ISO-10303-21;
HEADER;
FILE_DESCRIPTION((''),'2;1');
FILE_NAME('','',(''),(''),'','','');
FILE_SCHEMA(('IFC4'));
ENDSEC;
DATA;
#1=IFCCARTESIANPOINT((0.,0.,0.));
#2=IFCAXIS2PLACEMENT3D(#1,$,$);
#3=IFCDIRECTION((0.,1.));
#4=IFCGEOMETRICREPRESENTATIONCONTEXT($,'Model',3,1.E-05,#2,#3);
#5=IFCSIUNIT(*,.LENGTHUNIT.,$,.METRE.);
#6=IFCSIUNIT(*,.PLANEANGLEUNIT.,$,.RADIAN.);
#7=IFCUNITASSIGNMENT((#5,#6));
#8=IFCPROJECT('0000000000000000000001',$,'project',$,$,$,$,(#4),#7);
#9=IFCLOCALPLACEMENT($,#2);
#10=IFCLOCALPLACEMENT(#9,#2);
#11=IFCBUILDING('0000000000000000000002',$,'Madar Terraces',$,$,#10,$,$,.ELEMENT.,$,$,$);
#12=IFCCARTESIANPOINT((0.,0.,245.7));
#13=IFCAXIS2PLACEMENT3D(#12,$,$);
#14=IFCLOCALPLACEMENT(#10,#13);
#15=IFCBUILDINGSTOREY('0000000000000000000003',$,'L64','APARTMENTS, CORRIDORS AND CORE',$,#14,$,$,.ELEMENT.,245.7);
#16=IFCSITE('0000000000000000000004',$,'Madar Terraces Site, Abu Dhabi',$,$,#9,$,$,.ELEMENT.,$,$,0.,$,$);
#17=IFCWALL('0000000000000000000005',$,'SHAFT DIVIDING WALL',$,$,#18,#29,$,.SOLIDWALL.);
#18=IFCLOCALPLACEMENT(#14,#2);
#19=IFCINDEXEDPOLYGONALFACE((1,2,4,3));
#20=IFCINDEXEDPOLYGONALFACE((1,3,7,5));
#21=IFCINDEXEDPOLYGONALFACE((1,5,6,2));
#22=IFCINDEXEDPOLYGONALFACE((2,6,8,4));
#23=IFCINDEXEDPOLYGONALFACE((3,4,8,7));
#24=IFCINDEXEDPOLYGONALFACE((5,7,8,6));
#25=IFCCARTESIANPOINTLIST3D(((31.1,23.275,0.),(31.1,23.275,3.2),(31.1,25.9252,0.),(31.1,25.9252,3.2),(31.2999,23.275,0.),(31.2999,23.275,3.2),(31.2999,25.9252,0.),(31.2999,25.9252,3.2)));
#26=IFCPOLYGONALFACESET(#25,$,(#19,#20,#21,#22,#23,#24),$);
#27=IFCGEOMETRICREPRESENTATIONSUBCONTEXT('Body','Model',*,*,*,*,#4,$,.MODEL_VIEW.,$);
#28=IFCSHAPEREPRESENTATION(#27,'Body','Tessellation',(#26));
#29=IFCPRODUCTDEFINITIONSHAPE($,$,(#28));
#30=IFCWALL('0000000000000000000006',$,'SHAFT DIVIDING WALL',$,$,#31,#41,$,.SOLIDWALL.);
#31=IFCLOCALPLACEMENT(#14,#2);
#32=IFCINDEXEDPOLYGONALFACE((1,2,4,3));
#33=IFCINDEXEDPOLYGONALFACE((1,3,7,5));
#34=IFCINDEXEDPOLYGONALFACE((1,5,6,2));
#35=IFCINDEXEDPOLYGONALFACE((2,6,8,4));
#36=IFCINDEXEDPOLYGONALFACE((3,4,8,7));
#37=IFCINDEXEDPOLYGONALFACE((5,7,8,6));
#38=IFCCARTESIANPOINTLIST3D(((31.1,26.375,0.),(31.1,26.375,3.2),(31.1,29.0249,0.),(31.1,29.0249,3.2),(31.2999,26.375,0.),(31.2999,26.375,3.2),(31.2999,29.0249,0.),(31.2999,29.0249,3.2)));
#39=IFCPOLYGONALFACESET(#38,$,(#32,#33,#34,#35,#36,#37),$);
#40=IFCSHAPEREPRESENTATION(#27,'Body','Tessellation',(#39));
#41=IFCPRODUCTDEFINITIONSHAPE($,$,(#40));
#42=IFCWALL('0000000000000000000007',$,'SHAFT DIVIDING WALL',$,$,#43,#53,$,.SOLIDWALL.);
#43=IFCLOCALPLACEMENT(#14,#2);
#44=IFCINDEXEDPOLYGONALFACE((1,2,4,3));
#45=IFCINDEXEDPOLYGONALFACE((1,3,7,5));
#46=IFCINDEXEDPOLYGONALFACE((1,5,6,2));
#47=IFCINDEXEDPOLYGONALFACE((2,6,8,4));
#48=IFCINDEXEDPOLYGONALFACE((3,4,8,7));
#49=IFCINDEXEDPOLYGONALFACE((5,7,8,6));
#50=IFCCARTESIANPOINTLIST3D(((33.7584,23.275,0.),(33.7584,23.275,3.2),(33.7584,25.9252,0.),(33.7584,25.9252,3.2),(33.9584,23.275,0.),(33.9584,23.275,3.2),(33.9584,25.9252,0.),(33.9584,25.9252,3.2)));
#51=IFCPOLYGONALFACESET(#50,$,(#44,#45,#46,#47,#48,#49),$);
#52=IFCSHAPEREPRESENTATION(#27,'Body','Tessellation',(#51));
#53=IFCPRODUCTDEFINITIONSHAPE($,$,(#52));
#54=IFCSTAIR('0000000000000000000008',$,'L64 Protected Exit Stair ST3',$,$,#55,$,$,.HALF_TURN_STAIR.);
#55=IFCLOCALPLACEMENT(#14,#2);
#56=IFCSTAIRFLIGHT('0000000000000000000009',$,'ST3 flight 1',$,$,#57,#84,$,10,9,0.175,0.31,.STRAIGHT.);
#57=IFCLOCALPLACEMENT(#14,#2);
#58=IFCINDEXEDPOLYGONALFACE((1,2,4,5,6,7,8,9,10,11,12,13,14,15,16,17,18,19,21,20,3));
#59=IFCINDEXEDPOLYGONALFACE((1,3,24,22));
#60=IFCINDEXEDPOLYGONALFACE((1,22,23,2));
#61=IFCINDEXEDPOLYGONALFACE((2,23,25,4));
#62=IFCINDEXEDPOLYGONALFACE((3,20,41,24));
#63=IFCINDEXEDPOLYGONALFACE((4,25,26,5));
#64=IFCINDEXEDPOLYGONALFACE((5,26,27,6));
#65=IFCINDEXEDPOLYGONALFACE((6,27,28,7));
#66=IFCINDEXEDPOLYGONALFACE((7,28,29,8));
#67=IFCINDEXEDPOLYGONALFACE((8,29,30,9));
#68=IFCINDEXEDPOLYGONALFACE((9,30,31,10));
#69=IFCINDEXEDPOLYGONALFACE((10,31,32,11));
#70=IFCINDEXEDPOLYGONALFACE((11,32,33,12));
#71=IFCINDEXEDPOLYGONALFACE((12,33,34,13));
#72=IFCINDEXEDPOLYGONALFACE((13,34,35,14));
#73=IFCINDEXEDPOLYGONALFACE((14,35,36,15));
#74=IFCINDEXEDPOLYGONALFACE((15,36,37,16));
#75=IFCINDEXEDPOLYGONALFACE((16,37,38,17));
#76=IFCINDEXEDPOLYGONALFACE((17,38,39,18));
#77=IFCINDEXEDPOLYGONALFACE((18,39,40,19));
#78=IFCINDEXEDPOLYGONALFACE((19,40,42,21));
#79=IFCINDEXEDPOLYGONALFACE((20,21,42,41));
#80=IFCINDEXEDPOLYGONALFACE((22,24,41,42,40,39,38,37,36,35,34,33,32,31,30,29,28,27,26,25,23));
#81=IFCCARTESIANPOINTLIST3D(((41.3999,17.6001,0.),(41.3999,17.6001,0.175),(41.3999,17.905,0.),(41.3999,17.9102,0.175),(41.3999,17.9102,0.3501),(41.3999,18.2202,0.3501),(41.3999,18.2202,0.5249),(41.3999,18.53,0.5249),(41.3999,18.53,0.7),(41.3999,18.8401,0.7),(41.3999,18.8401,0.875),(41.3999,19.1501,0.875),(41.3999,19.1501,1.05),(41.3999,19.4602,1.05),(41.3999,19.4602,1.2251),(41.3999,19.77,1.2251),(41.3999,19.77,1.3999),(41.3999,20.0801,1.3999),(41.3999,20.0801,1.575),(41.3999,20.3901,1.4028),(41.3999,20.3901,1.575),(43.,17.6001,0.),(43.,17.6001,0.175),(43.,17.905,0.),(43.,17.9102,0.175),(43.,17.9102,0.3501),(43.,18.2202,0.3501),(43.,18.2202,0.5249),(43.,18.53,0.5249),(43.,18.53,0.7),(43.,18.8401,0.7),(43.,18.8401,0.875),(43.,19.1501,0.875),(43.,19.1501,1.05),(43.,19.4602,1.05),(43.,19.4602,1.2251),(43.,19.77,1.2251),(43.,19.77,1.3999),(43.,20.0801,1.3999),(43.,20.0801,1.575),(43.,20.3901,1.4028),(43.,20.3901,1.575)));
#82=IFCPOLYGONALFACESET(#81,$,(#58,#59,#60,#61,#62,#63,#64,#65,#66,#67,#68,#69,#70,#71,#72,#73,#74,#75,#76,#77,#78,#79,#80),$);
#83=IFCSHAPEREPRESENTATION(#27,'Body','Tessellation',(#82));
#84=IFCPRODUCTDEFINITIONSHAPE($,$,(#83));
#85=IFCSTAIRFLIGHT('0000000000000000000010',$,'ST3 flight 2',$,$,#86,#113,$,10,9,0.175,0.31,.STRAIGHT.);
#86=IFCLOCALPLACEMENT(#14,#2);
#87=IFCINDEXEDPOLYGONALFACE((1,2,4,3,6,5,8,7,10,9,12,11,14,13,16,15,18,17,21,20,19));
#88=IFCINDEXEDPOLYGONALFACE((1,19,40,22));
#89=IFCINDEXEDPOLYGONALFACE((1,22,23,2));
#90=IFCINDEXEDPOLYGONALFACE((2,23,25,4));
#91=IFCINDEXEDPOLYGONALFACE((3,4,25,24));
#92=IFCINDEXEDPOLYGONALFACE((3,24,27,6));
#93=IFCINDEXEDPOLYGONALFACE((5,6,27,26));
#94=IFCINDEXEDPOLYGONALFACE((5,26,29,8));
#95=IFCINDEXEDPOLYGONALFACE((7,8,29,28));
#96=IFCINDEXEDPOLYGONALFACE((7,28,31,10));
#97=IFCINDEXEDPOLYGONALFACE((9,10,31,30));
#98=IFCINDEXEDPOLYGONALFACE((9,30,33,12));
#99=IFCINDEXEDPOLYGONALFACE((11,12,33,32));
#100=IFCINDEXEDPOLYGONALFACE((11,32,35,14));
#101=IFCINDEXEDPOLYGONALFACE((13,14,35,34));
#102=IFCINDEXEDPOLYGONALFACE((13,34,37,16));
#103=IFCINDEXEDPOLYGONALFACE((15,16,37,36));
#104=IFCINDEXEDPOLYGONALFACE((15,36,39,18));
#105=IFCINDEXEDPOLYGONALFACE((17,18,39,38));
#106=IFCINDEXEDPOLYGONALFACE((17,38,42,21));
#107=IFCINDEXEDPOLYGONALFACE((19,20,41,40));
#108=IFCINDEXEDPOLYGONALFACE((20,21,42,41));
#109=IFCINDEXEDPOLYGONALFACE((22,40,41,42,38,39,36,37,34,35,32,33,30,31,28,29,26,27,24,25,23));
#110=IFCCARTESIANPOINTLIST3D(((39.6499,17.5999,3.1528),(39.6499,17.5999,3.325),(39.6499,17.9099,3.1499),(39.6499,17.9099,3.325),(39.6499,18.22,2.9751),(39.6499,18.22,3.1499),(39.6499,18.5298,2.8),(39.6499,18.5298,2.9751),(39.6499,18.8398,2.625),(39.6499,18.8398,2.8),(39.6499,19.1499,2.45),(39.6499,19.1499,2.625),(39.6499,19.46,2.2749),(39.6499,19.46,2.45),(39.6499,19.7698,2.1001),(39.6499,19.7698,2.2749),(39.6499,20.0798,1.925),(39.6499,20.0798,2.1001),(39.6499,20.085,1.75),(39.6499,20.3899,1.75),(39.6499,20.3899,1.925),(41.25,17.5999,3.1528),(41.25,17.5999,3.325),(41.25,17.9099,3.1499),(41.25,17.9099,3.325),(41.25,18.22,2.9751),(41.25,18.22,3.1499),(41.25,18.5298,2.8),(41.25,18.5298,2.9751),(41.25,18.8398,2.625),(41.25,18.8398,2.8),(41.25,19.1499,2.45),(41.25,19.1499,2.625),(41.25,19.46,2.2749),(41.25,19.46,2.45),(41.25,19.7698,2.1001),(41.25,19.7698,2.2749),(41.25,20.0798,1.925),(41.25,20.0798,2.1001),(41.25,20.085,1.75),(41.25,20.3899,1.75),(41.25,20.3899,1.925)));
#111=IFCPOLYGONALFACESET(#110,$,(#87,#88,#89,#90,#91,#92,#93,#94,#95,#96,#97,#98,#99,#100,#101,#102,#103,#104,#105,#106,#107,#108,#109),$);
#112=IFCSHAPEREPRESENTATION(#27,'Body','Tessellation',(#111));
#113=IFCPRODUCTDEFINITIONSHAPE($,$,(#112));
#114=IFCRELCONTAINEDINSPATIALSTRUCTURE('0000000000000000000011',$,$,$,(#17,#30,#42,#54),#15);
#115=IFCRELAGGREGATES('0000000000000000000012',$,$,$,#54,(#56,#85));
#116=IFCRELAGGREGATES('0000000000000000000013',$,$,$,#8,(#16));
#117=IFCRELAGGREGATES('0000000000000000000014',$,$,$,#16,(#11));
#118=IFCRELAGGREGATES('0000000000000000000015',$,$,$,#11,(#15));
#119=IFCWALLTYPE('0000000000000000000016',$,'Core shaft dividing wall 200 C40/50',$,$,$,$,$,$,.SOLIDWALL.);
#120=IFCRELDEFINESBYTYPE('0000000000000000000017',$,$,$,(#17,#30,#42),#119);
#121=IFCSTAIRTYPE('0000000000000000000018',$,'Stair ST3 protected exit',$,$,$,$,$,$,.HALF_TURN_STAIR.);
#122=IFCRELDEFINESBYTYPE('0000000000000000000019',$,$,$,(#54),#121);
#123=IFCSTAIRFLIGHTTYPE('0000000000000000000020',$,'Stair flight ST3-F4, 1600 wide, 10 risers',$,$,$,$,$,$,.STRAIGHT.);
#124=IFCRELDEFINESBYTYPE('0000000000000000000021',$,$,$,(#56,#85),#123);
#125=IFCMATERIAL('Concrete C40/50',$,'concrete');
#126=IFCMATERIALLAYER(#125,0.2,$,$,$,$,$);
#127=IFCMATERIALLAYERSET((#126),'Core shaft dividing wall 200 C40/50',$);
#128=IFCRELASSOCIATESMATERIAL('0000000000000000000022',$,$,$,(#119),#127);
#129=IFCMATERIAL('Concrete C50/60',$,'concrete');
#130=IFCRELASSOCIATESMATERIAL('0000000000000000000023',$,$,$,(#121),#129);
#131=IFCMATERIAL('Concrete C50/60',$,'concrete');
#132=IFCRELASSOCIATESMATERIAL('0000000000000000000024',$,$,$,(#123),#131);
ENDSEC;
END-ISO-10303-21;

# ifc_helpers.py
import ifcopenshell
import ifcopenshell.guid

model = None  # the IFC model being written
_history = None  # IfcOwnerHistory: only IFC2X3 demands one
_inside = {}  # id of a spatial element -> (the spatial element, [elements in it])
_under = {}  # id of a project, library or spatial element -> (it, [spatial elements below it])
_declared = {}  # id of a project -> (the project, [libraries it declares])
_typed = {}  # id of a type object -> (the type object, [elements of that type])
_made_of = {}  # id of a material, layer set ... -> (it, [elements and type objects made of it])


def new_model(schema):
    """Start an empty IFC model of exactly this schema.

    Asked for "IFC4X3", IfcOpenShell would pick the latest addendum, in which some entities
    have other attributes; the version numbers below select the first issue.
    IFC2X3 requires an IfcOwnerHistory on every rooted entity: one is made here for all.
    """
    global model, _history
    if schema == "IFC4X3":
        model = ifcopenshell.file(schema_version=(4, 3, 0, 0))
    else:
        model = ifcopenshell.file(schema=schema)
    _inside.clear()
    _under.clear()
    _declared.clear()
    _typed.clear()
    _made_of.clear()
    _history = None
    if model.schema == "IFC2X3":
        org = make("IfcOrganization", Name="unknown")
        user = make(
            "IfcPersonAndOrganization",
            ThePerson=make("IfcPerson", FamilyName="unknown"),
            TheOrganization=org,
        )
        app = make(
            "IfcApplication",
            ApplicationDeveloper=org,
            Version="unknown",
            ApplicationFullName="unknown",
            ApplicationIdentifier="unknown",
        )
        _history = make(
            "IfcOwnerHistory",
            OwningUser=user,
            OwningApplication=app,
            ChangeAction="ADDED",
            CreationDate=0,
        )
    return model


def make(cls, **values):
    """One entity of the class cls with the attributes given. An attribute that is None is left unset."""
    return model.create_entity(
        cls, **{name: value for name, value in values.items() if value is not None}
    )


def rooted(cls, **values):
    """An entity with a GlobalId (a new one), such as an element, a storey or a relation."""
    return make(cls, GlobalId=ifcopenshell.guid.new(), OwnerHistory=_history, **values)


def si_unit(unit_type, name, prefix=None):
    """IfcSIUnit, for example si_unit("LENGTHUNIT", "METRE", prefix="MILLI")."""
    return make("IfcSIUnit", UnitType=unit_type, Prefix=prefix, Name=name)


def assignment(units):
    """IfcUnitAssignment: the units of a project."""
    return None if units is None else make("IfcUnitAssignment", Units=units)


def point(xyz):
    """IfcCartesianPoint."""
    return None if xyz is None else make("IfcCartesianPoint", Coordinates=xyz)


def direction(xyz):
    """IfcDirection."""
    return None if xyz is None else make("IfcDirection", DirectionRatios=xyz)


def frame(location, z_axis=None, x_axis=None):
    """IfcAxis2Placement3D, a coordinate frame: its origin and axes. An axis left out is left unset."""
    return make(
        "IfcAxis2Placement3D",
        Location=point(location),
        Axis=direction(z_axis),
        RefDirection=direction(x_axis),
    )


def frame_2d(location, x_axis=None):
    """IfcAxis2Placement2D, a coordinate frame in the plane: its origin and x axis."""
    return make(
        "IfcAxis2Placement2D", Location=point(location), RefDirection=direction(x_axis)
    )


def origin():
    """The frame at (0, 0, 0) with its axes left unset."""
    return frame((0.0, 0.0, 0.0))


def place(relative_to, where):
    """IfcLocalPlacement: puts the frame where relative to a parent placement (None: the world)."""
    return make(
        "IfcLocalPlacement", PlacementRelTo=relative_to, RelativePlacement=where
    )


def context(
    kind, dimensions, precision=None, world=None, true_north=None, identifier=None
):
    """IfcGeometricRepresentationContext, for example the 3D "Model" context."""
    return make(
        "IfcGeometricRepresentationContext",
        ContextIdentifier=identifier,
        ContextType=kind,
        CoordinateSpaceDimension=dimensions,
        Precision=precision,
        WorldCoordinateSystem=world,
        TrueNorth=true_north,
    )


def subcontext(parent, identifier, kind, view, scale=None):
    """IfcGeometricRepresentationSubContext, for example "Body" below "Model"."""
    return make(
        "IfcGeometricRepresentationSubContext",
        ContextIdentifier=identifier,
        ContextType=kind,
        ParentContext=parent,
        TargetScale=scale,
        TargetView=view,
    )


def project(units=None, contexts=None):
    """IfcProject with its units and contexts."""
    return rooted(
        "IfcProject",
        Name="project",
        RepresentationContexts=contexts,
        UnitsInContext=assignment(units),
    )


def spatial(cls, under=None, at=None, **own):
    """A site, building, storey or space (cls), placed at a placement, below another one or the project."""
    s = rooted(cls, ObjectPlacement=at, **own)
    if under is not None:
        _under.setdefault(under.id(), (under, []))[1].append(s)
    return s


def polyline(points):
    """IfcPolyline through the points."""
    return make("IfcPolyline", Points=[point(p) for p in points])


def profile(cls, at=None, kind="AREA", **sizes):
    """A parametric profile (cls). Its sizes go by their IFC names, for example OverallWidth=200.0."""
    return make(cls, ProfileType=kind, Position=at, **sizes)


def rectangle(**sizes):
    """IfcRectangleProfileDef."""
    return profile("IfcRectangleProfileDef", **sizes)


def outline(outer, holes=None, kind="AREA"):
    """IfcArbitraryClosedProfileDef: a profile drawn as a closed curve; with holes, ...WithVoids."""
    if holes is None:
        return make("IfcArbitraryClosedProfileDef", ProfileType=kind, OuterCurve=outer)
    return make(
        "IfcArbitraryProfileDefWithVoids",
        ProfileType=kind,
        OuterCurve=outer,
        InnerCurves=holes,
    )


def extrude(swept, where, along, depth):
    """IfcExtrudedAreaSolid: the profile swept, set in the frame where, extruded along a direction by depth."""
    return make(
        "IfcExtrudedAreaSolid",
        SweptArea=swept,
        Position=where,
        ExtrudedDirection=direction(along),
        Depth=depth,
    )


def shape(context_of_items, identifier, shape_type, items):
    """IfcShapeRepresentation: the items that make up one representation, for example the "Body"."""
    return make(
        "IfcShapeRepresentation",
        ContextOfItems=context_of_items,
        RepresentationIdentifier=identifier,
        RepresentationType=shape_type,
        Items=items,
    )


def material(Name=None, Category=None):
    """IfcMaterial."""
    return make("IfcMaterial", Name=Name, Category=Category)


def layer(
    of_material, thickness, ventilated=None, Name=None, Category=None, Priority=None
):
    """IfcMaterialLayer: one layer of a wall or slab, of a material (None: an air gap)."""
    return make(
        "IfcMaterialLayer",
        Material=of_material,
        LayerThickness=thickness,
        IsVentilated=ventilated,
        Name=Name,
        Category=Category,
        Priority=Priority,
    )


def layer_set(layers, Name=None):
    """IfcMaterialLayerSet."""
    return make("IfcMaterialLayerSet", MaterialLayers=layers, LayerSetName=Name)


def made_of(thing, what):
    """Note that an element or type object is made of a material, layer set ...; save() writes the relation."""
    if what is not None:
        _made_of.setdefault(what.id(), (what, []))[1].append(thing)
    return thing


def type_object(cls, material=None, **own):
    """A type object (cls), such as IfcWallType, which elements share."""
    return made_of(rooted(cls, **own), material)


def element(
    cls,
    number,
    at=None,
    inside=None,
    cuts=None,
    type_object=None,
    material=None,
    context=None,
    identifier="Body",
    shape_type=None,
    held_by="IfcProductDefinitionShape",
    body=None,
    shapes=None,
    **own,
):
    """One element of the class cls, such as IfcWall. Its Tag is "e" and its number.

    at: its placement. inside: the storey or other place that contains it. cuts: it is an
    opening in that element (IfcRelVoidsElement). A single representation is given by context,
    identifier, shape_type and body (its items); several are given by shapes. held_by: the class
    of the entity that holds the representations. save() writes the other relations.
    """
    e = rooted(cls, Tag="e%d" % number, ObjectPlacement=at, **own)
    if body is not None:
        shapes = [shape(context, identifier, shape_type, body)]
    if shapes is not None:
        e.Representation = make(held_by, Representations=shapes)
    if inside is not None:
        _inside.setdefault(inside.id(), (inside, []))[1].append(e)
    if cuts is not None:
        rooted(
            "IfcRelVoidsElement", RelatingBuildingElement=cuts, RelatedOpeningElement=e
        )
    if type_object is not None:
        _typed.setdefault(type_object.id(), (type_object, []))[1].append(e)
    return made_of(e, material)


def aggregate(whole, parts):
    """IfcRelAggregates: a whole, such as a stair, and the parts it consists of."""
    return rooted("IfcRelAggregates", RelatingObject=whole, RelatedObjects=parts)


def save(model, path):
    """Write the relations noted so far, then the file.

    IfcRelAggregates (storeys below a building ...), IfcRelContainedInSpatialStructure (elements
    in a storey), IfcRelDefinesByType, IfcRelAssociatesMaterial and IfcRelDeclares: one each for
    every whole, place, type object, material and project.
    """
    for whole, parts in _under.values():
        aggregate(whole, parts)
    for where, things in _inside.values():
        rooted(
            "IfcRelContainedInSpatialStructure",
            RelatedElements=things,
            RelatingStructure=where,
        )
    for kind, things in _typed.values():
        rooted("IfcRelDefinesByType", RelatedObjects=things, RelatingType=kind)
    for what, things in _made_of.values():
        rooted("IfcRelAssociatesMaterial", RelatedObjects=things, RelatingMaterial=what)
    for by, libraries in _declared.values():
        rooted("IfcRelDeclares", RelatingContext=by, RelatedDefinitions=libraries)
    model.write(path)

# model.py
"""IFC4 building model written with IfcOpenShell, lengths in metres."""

from ifc_helpers import new_model, si_unit, direction, frame, frame_2d, origin, place, context, subcontext, project, spatial, polyline, rectangle, outline, extrude, material, layer, layer_set, type_object, element, aggregate, save


model = new_model("IFC4")

# Units and contexts
model_context = context("Model", 3, precision=1e-05, world=origin(), true_north=direction((0.0, 1.0)))
body_context = subcontext(model_context, "Body", "Model", "MODEL_VIEW")
ifc_project = project(units=[si_unit("LENGTHUNIT", "METRE"), si_unit("PLANEANGLEUNIT", "RADIAN")], contexts=[model_context])

# Site, building, storey
site_placement = place(None, origin())
site = spatial("IfcSite", under=ifc_project, at=site_placement, Name="Madar Terraces Site, Abu Dhabi", CompositionType="ELEMENT", RefElevation=0.0)
building_placement = place(site_placement, origin())
building = spatial("IfcBuilding", under=site, at=building_placement, Name="Madar Terraces", CompositionType="ELEMENT")
storey_placement = place(building_placement, frame((0.0, 0.0, 245.7)))
storey = spatial("IfcBuildingStorey", under=building, at=storey_placement, Name="L64", Description="APARTMENTS, CORRIDORS AND CORE", CompositionType="ELEMENT", Elevation=245.7)

# Walls
ifc_material_1 = material(Name="Concrete C40/50", Category="concrete")
ifc_layer_1 = layer(ifc_material_1, 0.2)
ifc_layer_set_1 = layer_set([ifc_layer_1], Name="Core shaft dividing wall 200 C40/50")
wall_type_1 = type_object("IfcWallType", Name="Core shaft dividing wall 200 C40/50", PredefinedType="SOLIDWALL", material=ifc_layer_set_1)
wall_1_placement = place(storey_placement, frame((31.2, 23.2749, 0.0), z_axis=(0.0, 0.0, 1.0), x_axis=(0.0, 1.0, 0.0)))
element("IfcWall", 1, at=wall_1_placement, inside=storey, type_object=wall_type_1, Name="SHAFT DIVIDING WALL", PredefinedType="SOLIDWALL", context=body_context, shape_type="SweptSolid", body=[
    extrude(rectangle(XDim=2.6501, YDim=0.2, at=frame_2d((1.3252, 0.0))), origin(), (0.0, 0.0, 1.0), 3.2),
])
wall_2_placement = place(storey_placement, frame((31.2, 26.375, 0.0), z_axis=(0.0, 0.0, 1.0), x_axis=(0.0, 1.0, 0.0)))
element("IfcWall", 2, at=wall_2_placement, inside=storey, type_object=wall_type_1, Name="SHAFT DIVIDING WALL", PredefinedType="SOLIDWALL", context=body_context, shape_type="SweptSolid", body=[
    extrude(rectangle(XDim=2.6499, YDim=0.2, at=frame_2d((1.325, 0.0))), origin(), (0.0, 0.0, 1.0), 3.2),
])
wall_3_placement = place(storey_placement, frame((33.8584, 23.2749, 0.0), z_axis=(0.0, 0.0, 1.0), x_axis=(0.0, 1.0, 0.0)))
element("IfcWall", 3, at=wall_3_placement, inside=storey, type_object=wall_type_1, Name="SHAFT DIVIDING WALL", PredefinedType="SOLIDWALL", context=body_context, shape_type="SweptSolid", body=[
    extrude(rectangle(XDim=2.6501, YDim=0.2, at=frame_2d((1.3252, 0.0))), origin(), (0.0, 0.0, 1.0), 3.2),
])

# Stair, stair flights
ifc_material_2 = material(Name="Concrete C50/60", Category="concrete")
stair_type = type_object("IfcStairType", Name="Stair ST3 protected exit", PredefinedType="HALF_TURN_STAIR", material=ifc_material_2)
stair_placement = place(storey_placement, origin())
stair = element("IfcStair", 4, at=stair_placement, inside=storey, type_object=stair_type, Name="L64 Protected Exit Stair ST3", PredefinedType="HALF_TURN_STAIR")
ifc_material_3 = material(Name="Concrete C50/60", Category="concrete")
stair_flight_type = type_object("IfcStairFlightType", Name="Stair flight ST3-F4, 1600 wide, 10 risers", PredefinedType="STRAIGHT", material=ifc_material_3)
stair_flight_1_placement = place(storey_placement, frame((42.2, 17.6001, 0.0), z_axis=(0.0, 0.0, 1.0), x_axis=(0.0, 1.0, 0.0)))
stair_flight_1 = element("IfcStairFlight", 5, at=stair_flight_1_placement, type_object=stair_flight_type, Name="ST3 flight 1", NumberOfRisers=10, NumberOfTreads=9, PredefinedType="STRAIGHT", RiserHeight=0.175, TreadLength=0.31, context=body_context, shape_type="SweptSolid", body=[
    extrude(outline(polyline([(0.0, 0.0), (0.0, 0.175), (0.3101, 0.175), (0.3101, 0.3501), (0.6201, 0.3501), (0.6201, 0.5249), (0.9299, 0.5249), (0.9299, 0.7), (1.24, 0.7), (1.24, 0.875), (1.55, 0.875), (1.55, 1.05), (1.8601, 1.05), (1.8601, 1.2251), (2.1699, 1.2251), (2.1699, 1.3999), (2.48, 1.3999), (2.48, 1.575), (2.79, 1.575), (2.79, 1.75), (2.79, 1.4028), (0.3049, 0.0), (0.0, 0.0)])), frame((0.0, 0.8, 0.0), z_axis=(0.0, -1.0, 0.0), x_axis=(1.0, 0.0, 0.0)), (0.0, 0.0, 1.0), 1.6001),
])
stair_flight_2_placement = place(storey_placement, frame((40.45, 20.3899, 1.75), z_axis=(0.0, 0.0, 1.0), x_axis=(0.0, -1.0, 0.0)))
stair_flight_2 = element("IfcStairFlight", 6, at=stair_flight_2_placement, type_object=stair_flight_type, Name="ST3 flight 2", NumberOfRisers=10, NumberOfTreads=9, PredefinedType="STRAIGHT", RiserHeight=0.175, TreadLength=0.31, context=body_context, shape_type="SweptSolid", body=[
    extrude(outline(polyline([(0.0, 0.0), (0.0, 0.175), (0.3101, 0.175), (0.3101, 0.3501), (0.6201, 0.3501), (0.6201, 0.5249), (0.9299, 0.5249), (0.9299, 0.7), (1.24, 0.7), (1.24, 0.875), (1.55, 0.875), (1.55, 1.05), (1.8601, 1.05), (1.8601, 1.2251), (2.1699, 1.2251), (2.1699, 1.3999), (2.48, 1.3999), (2.48, 1.575), (2.79, 1.575), (2.79, 1.75), (2.79, 1.4028), (0.3049, 0.0), (0.0, 0.0)])), frame((0.0, 0.8, 0.0), z_axis=(0.0, -1.0, 0.0), x_axis=(1.0, 0.0, 0.0)), (0.0, 0.0, 1.0), 1.6001),
])
aggregate(stair, [stair_flight_1, stair_flight_2])

save(model, "model.ifc")
